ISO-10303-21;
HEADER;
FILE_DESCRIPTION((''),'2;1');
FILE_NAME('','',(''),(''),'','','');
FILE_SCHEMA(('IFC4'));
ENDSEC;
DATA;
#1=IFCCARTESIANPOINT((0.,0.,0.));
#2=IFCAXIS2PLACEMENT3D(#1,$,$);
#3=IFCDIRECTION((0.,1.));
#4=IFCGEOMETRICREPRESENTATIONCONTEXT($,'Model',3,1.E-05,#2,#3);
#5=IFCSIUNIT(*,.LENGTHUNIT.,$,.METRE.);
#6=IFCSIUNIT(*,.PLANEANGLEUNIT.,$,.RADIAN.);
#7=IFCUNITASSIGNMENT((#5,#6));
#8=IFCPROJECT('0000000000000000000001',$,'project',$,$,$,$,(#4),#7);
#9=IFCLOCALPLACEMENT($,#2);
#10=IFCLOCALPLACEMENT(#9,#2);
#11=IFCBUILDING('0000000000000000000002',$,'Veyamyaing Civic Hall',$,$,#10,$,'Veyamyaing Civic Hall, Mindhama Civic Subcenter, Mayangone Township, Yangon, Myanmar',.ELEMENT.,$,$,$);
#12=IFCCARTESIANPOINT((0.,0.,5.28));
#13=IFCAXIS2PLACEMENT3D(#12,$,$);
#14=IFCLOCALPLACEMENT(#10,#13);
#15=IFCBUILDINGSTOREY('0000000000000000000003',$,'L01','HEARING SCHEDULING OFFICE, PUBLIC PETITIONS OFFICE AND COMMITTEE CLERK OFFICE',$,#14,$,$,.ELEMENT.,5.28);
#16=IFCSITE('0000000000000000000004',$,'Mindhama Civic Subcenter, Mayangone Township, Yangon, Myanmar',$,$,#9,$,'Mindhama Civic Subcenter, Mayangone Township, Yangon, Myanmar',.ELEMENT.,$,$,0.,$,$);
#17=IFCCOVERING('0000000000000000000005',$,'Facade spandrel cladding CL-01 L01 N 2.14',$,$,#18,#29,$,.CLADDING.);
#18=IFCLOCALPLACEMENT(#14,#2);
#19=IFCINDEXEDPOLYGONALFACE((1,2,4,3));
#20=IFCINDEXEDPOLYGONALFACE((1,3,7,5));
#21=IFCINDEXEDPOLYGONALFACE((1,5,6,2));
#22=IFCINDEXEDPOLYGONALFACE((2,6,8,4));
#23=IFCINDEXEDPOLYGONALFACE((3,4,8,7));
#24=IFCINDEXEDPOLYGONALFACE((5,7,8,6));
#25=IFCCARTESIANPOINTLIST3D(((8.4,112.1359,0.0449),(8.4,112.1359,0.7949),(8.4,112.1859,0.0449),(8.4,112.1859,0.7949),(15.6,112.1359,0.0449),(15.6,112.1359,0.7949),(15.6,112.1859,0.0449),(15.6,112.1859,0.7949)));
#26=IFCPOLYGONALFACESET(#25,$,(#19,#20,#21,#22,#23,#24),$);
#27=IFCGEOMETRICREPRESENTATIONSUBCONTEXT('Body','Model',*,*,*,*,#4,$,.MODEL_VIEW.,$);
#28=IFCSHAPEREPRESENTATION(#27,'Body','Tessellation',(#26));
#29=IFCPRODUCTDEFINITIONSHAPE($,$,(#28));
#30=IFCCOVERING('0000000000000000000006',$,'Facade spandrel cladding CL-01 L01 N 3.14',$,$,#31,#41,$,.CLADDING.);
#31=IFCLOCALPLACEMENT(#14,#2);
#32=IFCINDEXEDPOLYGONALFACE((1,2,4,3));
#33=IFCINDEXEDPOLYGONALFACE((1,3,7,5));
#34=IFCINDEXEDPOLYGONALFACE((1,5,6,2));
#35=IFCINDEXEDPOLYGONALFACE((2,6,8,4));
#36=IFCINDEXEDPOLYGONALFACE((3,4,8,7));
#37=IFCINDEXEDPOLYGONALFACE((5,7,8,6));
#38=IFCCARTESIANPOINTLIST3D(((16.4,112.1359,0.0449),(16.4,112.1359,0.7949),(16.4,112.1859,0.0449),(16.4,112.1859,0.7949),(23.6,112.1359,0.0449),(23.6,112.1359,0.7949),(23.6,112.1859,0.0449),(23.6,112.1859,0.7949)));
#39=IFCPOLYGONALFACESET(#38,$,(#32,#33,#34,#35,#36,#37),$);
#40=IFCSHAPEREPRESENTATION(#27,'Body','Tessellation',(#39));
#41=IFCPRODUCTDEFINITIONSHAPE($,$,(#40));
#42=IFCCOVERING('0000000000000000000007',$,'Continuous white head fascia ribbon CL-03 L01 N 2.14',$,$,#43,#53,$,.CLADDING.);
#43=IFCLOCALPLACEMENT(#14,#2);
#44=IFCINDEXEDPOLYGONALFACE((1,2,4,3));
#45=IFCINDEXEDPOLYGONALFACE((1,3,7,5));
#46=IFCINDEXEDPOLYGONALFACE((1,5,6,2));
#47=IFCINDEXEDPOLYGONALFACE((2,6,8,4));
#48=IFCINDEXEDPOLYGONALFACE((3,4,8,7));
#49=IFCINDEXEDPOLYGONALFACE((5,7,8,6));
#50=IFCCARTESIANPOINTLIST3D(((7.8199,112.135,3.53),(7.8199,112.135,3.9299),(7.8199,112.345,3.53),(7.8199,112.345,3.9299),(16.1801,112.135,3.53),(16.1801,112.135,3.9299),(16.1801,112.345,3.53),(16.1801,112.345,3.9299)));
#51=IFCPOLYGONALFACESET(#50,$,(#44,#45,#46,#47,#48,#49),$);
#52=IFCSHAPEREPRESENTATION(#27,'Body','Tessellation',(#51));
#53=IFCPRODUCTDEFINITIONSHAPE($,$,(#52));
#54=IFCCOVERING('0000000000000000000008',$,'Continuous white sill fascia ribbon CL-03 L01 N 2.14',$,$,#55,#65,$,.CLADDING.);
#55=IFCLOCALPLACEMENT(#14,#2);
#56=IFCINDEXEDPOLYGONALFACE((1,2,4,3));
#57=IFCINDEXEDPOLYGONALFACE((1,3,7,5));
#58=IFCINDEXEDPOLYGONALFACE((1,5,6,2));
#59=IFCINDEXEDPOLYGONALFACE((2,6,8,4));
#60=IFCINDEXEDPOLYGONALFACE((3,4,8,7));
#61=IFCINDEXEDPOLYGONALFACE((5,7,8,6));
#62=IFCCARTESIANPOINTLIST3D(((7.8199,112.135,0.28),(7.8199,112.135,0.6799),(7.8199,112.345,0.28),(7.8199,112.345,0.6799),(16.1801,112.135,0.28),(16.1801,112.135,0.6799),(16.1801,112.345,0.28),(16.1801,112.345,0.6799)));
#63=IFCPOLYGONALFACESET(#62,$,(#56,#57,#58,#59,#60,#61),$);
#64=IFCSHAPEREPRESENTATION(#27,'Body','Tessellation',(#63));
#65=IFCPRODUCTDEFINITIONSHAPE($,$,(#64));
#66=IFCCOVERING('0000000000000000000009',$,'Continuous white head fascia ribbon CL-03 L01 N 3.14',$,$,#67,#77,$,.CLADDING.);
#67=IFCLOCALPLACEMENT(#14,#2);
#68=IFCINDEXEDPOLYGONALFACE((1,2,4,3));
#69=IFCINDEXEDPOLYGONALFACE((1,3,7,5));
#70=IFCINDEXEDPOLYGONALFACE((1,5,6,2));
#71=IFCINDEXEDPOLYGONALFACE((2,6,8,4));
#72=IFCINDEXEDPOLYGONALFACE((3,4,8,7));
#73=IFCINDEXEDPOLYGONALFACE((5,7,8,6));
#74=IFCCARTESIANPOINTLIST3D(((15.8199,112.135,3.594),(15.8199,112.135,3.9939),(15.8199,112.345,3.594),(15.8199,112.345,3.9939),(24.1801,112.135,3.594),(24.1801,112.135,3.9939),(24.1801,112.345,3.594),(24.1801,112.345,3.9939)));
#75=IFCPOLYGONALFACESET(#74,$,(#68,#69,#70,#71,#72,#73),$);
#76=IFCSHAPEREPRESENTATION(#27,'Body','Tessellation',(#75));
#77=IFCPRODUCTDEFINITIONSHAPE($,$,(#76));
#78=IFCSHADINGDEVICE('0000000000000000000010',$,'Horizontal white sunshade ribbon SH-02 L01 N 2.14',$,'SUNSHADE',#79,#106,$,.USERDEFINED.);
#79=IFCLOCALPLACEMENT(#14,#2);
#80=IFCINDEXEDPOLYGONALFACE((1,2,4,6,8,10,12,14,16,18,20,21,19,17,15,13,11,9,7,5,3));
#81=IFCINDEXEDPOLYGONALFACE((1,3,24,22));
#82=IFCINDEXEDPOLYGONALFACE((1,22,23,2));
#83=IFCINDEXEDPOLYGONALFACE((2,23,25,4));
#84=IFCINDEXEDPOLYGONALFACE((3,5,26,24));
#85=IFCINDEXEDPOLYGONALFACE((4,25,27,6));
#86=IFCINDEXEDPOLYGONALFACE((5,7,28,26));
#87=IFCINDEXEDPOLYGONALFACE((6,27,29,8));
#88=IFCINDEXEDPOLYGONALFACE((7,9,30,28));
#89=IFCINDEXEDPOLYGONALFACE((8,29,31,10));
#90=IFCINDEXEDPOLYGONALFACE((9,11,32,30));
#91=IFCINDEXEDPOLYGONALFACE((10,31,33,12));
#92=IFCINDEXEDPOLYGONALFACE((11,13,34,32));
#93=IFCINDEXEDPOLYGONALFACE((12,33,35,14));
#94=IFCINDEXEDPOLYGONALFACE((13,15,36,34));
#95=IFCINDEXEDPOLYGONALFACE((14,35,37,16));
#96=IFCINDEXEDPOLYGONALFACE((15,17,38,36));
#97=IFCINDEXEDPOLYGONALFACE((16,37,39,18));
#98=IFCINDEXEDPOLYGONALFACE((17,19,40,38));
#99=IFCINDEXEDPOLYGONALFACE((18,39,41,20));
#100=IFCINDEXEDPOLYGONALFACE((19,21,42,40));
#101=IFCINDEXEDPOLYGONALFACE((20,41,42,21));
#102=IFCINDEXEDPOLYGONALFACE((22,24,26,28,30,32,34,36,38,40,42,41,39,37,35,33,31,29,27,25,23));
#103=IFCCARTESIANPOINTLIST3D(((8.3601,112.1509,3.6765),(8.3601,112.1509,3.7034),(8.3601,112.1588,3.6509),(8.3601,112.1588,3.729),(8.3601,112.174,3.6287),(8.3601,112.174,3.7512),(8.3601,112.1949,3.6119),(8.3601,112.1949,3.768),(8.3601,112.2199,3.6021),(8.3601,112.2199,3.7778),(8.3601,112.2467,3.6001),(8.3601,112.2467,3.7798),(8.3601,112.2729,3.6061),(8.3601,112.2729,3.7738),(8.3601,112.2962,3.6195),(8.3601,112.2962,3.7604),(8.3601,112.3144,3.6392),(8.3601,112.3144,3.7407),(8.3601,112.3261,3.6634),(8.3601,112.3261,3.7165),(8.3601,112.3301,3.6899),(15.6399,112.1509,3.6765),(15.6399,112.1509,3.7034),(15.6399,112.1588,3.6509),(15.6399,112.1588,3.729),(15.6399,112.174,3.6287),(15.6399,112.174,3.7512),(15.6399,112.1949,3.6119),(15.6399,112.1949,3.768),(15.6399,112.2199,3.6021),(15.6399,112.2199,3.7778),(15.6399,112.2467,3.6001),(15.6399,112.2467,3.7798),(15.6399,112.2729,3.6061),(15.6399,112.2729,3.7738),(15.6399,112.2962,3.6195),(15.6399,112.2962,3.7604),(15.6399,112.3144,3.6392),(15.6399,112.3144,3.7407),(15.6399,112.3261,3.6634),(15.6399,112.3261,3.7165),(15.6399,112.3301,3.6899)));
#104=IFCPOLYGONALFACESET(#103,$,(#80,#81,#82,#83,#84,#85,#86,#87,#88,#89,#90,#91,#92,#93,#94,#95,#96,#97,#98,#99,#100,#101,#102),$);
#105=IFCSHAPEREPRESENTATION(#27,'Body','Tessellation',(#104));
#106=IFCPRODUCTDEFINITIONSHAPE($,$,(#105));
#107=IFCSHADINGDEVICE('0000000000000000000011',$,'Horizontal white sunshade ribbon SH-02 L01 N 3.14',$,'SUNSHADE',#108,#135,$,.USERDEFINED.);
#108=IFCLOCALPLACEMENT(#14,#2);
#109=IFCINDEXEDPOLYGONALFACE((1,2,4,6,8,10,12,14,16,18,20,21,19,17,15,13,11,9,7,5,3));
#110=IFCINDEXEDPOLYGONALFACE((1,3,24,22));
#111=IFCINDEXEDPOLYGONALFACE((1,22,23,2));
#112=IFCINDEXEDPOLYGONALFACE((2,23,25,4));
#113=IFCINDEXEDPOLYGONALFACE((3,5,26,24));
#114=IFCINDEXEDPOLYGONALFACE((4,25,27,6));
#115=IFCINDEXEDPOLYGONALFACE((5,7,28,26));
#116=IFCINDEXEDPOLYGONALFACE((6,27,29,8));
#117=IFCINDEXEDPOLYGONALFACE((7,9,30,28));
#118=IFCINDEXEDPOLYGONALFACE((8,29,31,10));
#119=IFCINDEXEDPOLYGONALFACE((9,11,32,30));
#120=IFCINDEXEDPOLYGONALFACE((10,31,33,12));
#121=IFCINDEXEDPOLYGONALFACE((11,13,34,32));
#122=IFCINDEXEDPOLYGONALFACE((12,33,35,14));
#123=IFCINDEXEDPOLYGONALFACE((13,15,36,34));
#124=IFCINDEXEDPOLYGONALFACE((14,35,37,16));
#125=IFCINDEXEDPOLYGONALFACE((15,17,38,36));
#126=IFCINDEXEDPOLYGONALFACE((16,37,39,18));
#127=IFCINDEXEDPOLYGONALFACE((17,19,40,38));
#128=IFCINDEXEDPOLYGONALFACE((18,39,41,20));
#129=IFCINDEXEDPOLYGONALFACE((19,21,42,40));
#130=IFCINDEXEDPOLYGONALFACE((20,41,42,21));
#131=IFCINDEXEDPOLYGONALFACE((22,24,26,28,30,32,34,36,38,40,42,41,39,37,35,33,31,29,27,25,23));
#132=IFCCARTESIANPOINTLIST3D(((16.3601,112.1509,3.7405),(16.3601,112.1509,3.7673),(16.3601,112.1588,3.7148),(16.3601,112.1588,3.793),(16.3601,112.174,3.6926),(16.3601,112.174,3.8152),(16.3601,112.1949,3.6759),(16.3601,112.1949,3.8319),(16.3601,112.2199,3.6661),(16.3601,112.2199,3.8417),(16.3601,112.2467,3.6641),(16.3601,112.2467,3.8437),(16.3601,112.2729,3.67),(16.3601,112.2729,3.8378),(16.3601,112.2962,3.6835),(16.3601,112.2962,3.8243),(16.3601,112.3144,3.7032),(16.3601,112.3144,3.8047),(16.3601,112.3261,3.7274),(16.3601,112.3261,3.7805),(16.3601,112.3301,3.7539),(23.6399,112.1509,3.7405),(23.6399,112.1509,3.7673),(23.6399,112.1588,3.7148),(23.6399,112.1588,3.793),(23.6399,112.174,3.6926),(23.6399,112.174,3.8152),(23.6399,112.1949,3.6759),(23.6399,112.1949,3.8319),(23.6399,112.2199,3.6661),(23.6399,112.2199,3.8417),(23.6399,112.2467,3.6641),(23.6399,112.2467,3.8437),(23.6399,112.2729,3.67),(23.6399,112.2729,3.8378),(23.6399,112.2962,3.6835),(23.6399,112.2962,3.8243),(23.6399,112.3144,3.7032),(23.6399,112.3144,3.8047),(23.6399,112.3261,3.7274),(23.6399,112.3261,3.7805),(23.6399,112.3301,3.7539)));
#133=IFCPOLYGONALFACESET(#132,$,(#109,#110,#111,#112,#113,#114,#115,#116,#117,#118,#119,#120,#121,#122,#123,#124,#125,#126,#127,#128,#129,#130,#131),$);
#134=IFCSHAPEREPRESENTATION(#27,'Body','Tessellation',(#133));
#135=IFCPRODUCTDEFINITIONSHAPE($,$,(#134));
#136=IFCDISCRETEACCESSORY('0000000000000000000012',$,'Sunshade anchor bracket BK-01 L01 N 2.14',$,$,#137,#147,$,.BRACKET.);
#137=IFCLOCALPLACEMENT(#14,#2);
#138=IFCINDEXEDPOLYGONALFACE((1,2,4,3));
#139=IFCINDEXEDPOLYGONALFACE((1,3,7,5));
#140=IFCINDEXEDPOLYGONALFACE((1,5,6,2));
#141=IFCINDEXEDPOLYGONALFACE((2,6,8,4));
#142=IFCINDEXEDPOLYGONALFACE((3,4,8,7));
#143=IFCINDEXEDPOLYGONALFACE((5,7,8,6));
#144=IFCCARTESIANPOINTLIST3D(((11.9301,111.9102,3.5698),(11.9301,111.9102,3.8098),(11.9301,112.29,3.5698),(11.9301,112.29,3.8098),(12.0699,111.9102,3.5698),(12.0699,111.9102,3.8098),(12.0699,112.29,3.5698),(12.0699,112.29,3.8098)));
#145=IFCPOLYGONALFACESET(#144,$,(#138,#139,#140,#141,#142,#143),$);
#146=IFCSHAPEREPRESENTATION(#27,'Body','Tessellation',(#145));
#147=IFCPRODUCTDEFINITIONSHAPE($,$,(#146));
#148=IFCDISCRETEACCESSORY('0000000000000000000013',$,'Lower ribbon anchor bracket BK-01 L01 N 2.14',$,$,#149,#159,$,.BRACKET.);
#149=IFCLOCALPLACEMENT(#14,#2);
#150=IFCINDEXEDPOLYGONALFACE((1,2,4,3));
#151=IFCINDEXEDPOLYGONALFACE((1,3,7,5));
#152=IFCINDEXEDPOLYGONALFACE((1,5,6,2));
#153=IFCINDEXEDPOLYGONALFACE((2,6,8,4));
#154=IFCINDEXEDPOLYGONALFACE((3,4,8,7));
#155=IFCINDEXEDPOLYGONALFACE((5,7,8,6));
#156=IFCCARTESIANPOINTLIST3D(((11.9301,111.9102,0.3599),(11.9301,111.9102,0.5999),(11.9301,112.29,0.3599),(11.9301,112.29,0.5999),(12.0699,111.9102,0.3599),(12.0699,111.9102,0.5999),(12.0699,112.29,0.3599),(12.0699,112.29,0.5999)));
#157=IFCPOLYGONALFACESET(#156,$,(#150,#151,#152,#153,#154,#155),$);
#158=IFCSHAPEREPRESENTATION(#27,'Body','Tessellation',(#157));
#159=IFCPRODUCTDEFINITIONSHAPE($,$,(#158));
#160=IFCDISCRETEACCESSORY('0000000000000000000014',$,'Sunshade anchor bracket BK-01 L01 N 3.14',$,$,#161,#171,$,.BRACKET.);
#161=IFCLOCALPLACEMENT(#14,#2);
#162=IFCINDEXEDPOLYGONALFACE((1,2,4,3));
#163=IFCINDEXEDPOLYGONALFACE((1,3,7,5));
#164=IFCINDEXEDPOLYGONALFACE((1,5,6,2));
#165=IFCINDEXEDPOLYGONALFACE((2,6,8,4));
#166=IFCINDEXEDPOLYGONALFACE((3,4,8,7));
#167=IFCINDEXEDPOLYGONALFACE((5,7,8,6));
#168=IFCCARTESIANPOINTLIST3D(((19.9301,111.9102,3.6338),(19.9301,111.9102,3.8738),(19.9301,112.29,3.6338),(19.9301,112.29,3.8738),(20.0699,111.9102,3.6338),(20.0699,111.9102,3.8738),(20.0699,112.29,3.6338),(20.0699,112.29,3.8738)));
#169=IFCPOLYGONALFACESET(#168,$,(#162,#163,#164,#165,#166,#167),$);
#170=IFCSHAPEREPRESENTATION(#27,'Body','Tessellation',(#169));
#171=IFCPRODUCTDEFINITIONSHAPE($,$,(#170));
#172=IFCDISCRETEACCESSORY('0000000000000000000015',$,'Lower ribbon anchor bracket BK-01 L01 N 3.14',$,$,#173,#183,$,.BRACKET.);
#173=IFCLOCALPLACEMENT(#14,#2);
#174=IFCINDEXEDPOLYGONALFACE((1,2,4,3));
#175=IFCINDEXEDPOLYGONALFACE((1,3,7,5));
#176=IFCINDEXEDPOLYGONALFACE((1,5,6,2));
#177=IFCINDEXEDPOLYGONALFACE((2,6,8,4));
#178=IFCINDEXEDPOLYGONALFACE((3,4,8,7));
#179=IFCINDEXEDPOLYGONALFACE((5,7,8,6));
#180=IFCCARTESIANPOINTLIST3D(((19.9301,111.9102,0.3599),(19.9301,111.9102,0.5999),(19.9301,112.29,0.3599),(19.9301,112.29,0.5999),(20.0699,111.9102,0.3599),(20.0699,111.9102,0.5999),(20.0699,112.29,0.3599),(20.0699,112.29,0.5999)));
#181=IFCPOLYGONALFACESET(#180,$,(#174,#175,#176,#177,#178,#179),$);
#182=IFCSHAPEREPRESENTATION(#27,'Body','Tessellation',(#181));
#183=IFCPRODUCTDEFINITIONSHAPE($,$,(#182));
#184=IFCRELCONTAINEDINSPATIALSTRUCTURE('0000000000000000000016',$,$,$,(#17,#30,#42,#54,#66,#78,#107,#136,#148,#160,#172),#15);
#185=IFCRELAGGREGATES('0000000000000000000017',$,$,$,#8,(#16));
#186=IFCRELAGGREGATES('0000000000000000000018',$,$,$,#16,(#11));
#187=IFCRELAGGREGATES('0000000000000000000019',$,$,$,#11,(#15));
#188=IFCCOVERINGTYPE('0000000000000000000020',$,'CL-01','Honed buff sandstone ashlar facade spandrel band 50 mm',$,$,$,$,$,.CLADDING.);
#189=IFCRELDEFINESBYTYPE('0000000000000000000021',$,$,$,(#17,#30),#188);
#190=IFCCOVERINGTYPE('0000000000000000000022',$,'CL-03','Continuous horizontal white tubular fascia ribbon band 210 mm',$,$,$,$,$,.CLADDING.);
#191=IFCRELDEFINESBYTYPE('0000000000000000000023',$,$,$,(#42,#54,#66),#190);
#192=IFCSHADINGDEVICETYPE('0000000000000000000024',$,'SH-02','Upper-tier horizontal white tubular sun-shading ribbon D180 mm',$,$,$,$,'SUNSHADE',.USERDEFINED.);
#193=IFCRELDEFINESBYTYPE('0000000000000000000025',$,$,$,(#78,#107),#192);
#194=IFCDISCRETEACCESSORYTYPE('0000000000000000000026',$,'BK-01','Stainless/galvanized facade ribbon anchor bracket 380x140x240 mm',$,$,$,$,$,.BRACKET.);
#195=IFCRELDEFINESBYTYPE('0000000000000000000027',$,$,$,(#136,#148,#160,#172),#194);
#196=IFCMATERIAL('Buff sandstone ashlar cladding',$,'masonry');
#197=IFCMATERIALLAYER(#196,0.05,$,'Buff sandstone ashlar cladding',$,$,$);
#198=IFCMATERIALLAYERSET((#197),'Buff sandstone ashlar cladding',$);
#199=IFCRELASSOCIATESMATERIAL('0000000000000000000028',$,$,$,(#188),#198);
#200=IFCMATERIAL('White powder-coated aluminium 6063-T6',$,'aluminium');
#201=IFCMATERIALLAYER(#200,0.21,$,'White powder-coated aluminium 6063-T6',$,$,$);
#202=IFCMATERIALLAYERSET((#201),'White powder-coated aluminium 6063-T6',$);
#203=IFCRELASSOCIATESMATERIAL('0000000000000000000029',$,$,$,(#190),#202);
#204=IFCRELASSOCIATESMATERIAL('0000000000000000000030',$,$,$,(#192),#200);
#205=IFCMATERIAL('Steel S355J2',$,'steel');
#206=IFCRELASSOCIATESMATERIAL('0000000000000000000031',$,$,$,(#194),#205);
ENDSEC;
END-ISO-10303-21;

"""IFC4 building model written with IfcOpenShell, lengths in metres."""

from ifc_helpers import new_model, si_unit, direction, frame, origin, origin_2d, place, context, subcontext, project, spatial, rectangle, circle, extrude, material, layer, layer_set, material_profile, profile_set, type_object, element, save


model = new_model("IFC4")

# Units and contexts
model_context = context("Model", 3, precision=1e-05, world=origin(), true_north=direction((0.0, 1.0)))
body_context = subcontext(model_context, "Body", "Model", "MODEL_VIEW")
ifc_project = project(units=[si_unit("LENGTHUNIT", "METRE"), si_unit("PLANEANGLEUNIT", "RADIAN")], contexts=[model_context])

# Site, building, storey
site_placement = place(None, origin())
site = spatial("IfcSite", under=ifc_project, at=site_placement, Name="Mindhama Civic Subcenter, Mayangone Township, Yangon, Myanmar", LongName="Mindhama Civic Subcenter, Mayangone Township, Yangon, Myanmar", CompositionType="ELEMENT", RefElevation=0.0)
building_placement = place(site_placement, origin())
building = spatial("IfcBuilding", under=site, at=building_placement, Name="Veyamyaing Civic Hall", LongName="Veyamyaing Civic Hall, Mindhama Civic Subcenter, Mayangone Township, Yangon, Myanmar", CompositionType="ELEMENT")
storey_placement = place(building_placement, frame((0.0, 0.0, 5.28)))
storey = spatial("IfcBuildingStorey", under=building, at=storey_placement, Name="L01", Description="HEARING SCHEDULING OFFICE, PUBLIC PETITIONS OFFICE AND COMMITTEE CLERK OFFICE", CompositionType="ELEMENT", Elevation=5.28)

# Coverings
ifc_material_1 = material(Name="Buff sandstone ashlar cladding", Category="masonry")
ifc_layer_1 = layer(ifc_material_1, 0.05, Name="Buff sandstone ashlar cladding")
ifc_layer_set_1 = layer_set([ifc_layer_1], Name="Buff sandstone ashlar cladding")
covering_type_1 = type_object("IfcCoveringType", Name="CL-01", Description="Honed buff sandstone ashlar facade spandrel band 50 mm", PredefinedType="CLADDING", material=ifc_layer_set_1)
for number, where, z_axis, x_axis, name in (
    (1, (12.0, 112.1609, 0.0449), (0.0, 0.0, 1.0), (1.0, 0.0, 0.0), "Facade spandrel cladding CL-01 L01 N 2.14"),
    (2, (20.0, 112.1609, 0.0449), (0.0, 0.0, 1.0), (1.0, 0.0, 0.0), "Facade spandrel cladding CL-01 L01 N 3.14"),
):
    element("IfcCovering", number, at=place(storey_placement, frame(where, z_axis=z_axis, x_axis=x_axis)), inside=storey, type_object=covering_type_1, Name=name, PredefinedType="CLADDING", context=body_context, shape_type="SweptSolid", body=[
        extrude(rectangle(XDim=7.2, YDim=0.05, at=origin_2d()), origin(), (0.0, 0.0, 1.0), 0.75),
    ])
ifc_material_2 = material(Name="White powder-coated aluminium 6063-T6", Category="aluminium")
ifc_layer_2 = layer(ifc_material_2, 0.21, Name="White powder-coated aluminium 6063-T6")
ifc_layer_set_2 = layer_set([ifc_layer_2], Name="White powder-coated aluminium 6063-T6")
covering_type_2 = type_object("IfcCoveringType", Name="CL-03", Description="Continuous horizontal white tubular fascia ribbon band 210 mm", PredefinedType="CLADDING", material=ifc_layer_set_2)
for number, where, z_axis, x_axis, name in (
    (3, (12.0, 112.24, 3.53), (0.0, 0.0, 1.0), (1.0, 0.0, 0.0), "Continuous white head fascia ribbon CL-03 L01 N 2.14"),
    (4, (12.0, 112.24, 0.28), (0.0, 0.0, 1.0), (1.0, 0.0, 0.0), "Continuous white sill fascia ribbon CL-03 L01 N 2.14"),
    (5, (20.0, 112.24, 3.594), (0.0, 0.0, 1.0), (1.0, 0.0, 0.0), "Continuous white head fascia ribbon CL-03 L01 N 3.14"),
):
    element("IfcCovering", number, at=place(storey_placement, frame(where, z_axis=z_axis, x_axis=x_axis)), inside=storey, type_object=covering_type_2, Name=name, PredefinedType="CLADDING", context=body_context, shape_type="SweptSolid", body=[
        extrude(rectangle(XDim=8.3601, YDim=0.21, at=origin_2d()), origin(), (0.0, 0.0, 1.0), 0.3999),
    ])

# Shading devices
ifc_material_profile_1 = material_profile(ifc_material_2, circle(Radius=0.0901, at=origin_2d()), Name="SHADE-TUBE-180")
ifc_profile_set_1 = profile_set([ifc_material_profile_1], Name="White powder-coated aluminium 6063-T6")
shading_device_type = type_object("IfcShadingDeviceType", Name="SH-02", Description="Upper-tier horizontal white tubular sun-shading ribbon D180 mm", ElementType="SUNSHADE", PredefinedType="USERDEFINED", material=ifc_profile_set_1)
for number, where, z_axis, x_axis, name in (
    (6, (8.3601, 112.24, 3.6899), (1.0, 0.0, 0.0), (0.0, 1.0, 0.0), "Horizontal white sunshade ribbon SH-02 L01 N 2.14"),
    (7, (16.3601, 112.24, 3.7539), (1.0, 0.0, 0.0), (0.0, 1.0, 0.0), "Horizontal white sunshade ribbon SH-02 L01 N 3.14"),
):
    element("IfcShadingDevice", number, at=place(storey_placement, frame(where, z_axis=z_axis, x_axis=x_axis)), inside=storey, type_object=shading_device_type, Name=name, ObjectType="SUNSHADE", PredefinedType="USERDEFINED", context=body_context, shape_type="SweptSolid", body=[
        extrude(circle(Radius=0.0901, at=origin_2d()), origin(), (0.0, 0.0, 1.0), 7.2798),
    ])

# Discrete accessories
ifc_material_3 = material(Name="Steel S355J2", Category="steel")
discrete_accessory_type = type_object("IfcDiscreteAccessoryType", Name="BK-01", Description="Stainless/galvanized facade ribbon anchor bracket 380x140x240 mm", PredefinedType="BRACKET", material=ifc_material_3)
for number, where, z_axis, x_axis, name in (
    (8, (12.0, 112.1001, 3.5698), (0.0, 0.0, 1.0), (0.0, 1.0, 0.0), "Sunshade anchor bracket BK-01 L01 N 2.14"),
    (9, (12.0, 112.1001, 0.3599), (0.0, 0.0, 1.0), (0.0, 1.0, 0.0), "Lower ribbon anchor bracket BK-01 L01 N 2.14"),
    (10, (20.0, 112.1001, 3.6338), (0.0, 0.0, 1.0), (0.0, 1.0, 0.0), "Sunshade anchor bracket BK-01 L01 N 3.14"),
    (11, (20.0, 112.1001, 0.3599), (0.0, 0.0, 1.0), (0.0, 1.0, 0.0), "Lower ribbon anchor bracket BK-01 L01 N 3.14"),
):
    element("IfcDiscreteAccessory", number, at=place(storey_placement, frame(where, z_axis=z_axis, x_axis=x_axis)), inside=storey, type_object=discrete_accessory_type, Name=name, PredefinedType="BRACKET", context=body_context, shape_type="SweptSolid", body=[
        extrude(rectangle(XDim=0.3799, YDim=0.1399, at=origin_2d()), origin(), (0.0, 0.0, 1.0), 0.24),
    ])

save(model, "model.ifc")
